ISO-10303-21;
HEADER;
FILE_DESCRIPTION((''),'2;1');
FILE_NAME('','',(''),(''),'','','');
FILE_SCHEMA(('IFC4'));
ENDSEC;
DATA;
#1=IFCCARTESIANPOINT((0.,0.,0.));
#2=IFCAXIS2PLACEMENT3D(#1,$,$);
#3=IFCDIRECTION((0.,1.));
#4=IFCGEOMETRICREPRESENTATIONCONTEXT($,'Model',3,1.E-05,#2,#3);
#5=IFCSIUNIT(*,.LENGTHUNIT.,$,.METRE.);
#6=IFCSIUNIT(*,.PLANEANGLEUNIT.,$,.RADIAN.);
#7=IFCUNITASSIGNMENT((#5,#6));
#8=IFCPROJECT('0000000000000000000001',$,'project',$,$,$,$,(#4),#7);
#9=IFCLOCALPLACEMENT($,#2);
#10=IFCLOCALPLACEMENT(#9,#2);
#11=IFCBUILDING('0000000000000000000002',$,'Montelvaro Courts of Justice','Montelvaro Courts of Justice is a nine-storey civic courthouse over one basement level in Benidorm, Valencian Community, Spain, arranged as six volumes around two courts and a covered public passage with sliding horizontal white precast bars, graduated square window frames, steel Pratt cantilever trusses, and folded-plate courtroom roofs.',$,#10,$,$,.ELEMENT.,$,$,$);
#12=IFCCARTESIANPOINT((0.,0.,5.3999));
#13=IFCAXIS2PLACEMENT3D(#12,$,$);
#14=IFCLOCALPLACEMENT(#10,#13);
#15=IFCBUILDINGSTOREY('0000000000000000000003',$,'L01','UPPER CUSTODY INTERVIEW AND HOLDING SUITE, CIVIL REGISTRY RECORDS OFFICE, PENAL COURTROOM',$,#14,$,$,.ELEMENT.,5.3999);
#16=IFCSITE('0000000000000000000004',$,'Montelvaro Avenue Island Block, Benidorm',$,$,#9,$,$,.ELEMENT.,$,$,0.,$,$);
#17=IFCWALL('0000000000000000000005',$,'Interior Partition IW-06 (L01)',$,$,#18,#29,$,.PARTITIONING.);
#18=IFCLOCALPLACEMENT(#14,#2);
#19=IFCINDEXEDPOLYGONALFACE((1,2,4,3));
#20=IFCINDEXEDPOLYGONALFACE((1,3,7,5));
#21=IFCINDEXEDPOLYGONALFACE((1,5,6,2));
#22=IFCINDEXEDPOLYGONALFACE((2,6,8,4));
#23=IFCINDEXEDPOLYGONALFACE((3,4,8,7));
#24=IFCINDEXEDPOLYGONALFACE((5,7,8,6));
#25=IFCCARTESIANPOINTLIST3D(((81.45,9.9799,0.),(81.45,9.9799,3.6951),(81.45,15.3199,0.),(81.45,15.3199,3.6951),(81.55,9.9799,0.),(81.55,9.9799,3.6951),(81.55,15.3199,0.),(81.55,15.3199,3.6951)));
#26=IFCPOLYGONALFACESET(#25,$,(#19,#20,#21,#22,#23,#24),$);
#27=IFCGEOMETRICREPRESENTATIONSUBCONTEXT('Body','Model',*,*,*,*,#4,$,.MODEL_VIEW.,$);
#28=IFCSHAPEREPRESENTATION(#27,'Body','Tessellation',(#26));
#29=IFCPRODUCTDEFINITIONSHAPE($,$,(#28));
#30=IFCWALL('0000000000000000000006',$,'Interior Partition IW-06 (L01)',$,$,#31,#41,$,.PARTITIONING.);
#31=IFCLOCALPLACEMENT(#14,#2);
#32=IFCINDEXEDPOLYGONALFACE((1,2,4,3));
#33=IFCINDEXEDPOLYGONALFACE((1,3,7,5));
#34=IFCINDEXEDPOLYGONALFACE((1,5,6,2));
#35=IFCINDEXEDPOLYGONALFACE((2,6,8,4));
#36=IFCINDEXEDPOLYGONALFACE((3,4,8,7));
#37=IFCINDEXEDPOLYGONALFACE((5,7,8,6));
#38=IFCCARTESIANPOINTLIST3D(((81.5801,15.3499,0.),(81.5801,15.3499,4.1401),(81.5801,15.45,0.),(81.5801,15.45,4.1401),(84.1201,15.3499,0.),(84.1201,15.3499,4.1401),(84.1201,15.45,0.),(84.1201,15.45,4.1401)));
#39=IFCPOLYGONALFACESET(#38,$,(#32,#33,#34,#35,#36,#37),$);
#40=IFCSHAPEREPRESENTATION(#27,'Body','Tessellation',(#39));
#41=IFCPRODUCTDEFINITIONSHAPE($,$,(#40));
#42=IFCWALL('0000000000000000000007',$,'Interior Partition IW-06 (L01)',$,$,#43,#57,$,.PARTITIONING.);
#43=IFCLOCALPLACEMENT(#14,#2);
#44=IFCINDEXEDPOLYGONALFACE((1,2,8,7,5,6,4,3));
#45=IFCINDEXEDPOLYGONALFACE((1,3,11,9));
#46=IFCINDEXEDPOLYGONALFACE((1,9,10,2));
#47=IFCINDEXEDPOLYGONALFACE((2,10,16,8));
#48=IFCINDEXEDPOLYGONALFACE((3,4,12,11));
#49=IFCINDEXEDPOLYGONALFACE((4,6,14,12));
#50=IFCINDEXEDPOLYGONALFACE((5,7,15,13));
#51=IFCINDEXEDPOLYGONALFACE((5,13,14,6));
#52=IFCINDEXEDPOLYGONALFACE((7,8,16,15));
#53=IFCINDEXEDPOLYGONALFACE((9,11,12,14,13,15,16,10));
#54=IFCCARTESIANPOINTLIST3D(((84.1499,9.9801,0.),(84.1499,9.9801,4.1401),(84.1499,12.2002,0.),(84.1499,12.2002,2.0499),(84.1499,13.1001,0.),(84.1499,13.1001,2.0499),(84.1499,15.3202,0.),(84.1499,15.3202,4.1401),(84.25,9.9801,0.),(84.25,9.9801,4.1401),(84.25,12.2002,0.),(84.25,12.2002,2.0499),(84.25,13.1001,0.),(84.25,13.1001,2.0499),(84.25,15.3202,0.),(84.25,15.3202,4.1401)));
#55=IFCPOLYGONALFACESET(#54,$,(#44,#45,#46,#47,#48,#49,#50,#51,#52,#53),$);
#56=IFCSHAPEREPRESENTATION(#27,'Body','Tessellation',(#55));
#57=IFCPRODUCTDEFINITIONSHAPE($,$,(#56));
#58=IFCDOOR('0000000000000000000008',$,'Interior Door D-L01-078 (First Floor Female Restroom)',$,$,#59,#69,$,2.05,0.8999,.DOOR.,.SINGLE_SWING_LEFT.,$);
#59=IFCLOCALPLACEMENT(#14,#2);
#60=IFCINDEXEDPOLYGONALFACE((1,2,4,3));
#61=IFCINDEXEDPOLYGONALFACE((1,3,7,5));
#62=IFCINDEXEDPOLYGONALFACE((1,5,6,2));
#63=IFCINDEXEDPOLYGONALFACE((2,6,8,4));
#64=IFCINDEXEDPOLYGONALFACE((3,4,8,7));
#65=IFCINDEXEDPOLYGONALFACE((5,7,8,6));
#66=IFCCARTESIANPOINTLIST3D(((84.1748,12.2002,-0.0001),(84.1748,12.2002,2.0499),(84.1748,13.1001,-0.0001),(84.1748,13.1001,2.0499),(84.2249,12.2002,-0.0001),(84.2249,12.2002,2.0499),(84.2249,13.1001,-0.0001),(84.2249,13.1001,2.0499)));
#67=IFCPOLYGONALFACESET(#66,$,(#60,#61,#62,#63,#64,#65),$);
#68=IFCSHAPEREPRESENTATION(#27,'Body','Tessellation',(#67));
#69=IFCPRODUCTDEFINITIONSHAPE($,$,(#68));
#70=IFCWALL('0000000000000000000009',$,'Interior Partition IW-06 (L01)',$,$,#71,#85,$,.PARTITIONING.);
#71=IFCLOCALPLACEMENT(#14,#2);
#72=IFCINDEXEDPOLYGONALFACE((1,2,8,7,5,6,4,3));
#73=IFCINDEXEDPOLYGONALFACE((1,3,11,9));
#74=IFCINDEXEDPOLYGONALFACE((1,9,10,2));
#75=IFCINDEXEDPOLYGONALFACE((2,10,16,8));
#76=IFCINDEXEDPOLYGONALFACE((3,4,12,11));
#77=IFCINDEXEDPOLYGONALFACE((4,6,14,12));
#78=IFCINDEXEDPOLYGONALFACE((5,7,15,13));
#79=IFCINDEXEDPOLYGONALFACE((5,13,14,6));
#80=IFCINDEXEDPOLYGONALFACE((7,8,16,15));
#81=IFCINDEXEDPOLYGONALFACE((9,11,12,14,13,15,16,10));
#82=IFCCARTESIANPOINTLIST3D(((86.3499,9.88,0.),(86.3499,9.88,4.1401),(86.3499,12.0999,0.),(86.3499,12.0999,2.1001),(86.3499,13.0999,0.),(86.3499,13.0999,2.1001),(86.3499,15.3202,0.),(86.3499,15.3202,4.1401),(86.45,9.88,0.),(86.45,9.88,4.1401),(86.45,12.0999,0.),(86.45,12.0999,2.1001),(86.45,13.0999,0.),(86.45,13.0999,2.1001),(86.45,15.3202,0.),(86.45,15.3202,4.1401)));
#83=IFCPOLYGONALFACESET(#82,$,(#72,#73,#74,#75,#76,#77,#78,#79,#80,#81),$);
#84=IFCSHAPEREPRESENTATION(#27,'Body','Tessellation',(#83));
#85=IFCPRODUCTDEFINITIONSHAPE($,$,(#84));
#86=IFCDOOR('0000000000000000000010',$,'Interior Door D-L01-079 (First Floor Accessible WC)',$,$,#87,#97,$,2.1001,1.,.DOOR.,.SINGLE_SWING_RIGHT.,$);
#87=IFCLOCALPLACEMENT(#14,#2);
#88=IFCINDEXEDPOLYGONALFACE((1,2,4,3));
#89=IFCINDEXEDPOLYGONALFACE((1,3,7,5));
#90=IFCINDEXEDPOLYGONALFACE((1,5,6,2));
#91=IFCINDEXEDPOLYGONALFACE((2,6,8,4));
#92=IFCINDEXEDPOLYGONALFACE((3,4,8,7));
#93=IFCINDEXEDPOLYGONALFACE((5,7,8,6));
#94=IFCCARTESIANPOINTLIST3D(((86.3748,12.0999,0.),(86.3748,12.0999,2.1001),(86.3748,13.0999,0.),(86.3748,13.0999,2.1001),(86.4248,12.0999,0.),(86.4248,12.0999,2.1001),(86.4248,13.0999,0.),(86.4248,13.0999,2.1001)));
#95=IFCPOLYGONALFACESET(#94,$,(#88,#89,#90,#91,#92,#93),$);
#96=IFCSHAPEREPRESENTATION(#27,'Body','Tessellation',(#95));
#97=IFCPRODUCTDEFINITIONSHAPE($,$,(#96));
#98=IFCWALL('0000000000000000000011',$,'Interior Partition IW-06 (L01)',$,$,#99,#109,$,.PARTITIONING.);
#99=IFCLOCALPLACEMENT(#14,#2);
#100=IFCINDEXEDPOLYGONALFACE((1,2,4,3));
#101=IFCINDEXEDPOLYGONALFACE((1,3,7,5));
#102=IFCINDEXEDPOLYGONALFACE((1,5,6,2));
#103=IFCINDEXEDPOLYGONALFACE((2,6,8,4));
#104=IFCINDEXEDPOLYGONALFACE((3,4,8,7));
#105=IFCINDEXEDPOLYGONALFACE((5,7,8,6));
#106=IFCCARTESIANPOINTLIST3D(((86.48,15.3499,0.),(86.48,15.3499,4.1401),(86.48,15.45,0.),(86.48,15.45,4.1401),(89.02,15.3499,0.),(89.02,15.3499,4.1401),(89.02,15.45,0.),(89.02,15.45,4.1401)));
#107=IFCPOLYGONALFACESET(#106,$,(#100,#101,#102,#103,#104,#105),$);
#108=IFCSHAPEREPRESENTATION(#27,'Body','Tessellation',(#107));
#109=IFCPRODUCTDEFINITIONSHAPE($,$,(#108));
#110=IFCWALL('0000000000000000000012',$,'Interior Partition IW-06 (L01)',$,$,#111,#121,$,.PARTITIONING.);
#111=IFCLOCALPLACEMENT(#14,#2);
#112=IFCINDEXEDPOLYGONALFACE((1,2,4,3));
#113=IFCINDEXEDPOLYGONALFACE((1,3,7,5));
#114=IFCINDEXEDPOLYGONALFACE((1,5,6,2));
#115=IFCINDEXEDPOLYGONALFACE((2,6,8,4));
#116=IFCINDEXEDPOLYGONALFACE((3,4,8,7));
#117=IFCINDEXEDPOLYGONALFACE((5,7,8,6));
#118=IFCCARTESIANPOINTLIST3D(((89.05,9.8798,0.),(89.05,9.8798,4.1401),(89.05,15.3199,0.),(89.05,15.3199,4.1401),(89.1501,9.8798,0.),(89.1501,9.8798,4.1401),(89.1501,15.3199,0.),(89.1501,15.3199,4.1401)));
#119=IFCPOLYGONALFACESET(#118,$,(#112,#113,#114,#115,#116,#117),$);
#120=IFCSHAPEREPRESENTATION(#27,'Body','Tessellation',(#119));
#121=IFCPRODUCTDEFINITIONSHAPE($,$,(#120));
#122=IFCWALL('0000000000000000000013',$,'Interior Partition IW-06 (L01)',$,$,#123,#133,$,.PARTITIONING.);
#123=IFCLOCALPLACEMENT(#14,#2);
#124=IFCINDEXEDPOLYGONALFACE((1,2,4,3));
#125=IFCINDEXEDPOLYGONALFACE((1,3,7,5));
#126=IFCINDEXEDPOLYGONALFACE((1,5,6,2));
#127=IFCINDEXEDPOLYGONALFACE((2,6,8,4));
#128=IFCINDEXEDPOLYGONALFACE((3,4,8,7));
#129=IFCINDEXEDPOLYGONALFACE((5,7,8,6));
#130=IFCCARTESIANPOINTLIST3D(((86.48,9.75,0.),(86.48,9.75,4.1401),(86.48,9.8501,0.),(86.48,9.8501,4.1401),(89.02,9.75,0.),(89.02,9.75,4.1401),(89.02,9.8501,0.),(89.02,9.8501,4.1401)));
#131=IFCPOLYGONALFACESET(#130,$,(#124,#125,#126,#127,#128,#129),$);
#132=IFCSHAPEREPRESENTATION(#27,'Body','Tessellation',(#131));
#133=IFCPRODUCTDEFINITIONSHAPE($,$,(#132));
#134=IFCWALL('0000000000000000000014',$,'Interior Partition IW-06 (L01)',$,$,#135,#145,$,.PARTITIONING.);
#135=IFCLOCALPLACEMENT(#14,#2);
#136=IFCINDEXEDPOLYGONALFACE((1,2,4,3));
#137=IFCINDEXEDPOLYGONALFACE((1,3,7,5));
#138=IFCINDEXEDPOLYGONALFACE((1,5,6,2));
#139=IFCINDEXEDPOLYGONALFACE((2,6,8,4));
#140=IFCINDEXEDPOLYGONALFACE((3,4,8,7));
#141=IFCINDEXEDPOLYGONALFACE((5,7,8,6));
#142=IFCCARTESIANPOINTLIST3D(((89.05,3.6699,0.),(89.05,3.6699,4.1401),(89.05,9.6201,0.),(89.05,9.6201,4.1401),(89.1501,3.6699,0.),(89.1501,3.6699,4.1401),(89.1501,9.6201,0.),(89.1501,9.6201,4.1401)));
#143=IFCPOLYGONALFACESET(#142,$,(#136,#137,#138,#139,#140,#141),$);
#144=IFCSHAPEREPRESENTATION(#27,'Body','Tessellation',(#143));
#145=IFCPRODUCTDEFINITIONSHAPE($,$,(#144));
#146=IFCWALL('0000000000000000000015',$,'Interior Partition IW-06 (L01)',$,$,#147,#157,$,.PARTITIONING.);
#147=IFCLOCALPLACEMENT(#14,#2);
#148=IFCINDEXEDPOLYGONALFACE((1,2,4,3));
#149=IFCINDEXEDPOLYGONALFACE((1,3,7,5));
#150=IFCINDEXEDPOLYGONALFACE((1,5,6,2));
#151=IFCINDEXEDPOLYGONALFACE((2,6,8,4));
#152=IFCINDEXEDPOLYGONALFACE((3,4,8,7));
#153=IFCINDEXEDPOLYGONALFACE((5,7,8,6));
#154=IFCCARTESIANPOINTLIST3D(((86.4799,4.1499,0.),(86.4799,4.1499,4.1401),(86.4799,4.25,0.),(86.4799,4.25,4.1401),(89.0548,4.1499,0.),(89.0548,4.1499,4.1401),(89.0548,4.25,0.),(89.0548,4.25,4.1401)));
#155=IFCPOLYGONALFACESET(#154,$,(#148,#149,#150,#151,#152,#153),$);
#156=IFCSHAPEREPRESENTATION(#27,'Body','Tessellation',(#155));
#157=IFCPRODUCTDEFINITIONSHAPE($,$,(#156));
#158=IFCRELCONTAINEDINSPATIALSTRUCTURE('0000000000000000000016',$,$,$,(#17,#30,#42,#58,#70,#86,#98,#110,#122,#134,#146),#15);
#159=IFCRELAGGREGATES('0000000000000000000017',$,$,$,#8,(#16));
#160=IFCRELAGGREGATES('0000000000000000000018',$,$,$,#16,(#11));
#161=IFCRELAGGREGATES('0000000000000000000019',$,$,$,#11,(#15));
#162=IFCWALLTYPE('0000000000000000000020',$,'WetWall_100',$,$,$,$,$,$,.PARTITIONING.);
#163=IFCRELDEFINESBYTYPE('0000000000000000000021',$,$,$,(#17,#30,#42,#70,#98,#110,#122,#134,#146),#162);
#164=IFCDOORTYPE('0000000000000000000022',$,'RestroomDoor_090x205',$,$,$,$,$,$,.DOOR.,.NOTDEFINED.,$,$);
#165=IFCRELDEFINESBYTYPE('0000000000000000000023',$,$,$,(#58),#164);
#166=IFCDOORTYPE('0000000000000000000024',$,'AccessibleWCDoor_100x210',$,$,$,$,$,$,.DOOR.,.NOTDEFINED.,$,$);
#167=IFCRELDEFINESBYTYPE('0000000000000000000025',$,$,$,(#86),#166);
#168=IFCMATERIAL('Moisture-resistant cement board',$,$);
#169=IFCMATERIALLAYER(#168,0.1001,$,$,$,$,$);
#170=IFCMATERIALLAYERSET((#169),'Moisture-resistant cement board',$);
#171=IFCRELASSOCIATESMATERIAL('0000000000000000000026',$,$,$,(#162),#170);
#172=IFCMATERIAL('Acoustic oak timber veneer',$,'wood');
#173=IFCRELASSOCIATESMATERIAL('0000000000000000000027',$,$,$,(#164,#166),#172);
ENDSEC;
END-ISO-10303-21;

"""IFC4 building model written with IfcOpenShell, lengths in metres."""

from ifc_helpers import new_model, si_unit, direction, frame, frame_2d, origin, place, context, subcontext, project, spatial, rectangle, extrude, material, layer, layer_set, type_object, element, fill, save


model = new_model("IFC4")

# Units and contexts
model_context = context("Model", 3, precision=1e-05, world=origin(), true_north=direction((0.0, 1.0)))
body_context = subcontext(model_context, "Body", "Model", "MODEL_VIEW")
ifc_project = project(units=[si_unit("LENGTHUNIT", "METRE"), si_unit("PLANEANGLEUNIT", "RADIAN")], contexts=[model_context])

# Site, building, storey
site_placement = place(None, origin())
site = spatial("IfcSite", under=ifc_project, at=site_placement, Name="Montelvaro Avenue Island Block, Benidorm", CompositionType="ELEMENT", RefElevation=0.0)
building_placement = place(site_placement, origin())
building = spatial("IfcBuilding", under=site, at=building_placement, Name="Montelvaro Courts of Justice", Description="Montelvaro Courts of Justice is a nine-storey civic courthouse over one basement level in Benidorm, Valencian Community, Spain, arranged as six volumes around two courts and a covered public passage with sliding horizontal white precast bars, graduated square window frames, steel Pratt cantilever trusses, and folded-plate courtroom roofs.", CompositionType="ELEMENT")
storey_placement = place(building_placement, frame((0.0, 0.0, 5.3999)))
storey = spatial("IfcBuildingStorey", under=building, at=storey_placement, Name="L01", Description="UPPER CUSTODY INTERVIEW AND HOLDING SUITE, CIVIL REGISTRY RECORDS OFFICE, PENAL COURTROOM", CompositionType="ELEMENT", Elevation=5.3999)

# Shared definitions
ifc_material_1 = material(Name="Acoustic oak timber veneer", Category="wood")
ifc_material_2 = material(Name="Moisture-resistant cement board")
ifc_layer_1 = layer(ifc_material_2, 0.1001)
ifc_layer_set_1 = layer_set([ifc_layer_1], Name="Moisture-resistant cement board")
wall_type_1 = type_object("IfcWallType", Name="WetWall_100", PredefinedType="PARTITIONING", material=ifc_layer_set_1)
door_type_1 = type_object("IfcDoorType", Name="RestroomDoor_090x205", OperationType="NOTDEFINED", PredefinedType="DOOR", material=ifc_material_1)

# Walls
wall_1_placement = place(storey_placement, frame((81.5, 9.98, 0.0), z_axis=(0.0, 0.0, 1.0), x_axis=(0.0, 1.0, 0.0)))
element("IfcWall", 1, at=wall_1_placement, inside=storey, type_object=wall_type_1, Name="Interior Partition IW-06 (L01)", PredefinedType="PARTITIONING", context=body_context, shape_type="SweptSolid", body=[
    extrude(rectangle(XDim=5.3401, YDim=0.1001, at=frame_2d((2.6699, 0.0))), origin(), (0.0, 0.0, 1.0), 3.6951),
])
wall_2_placement = place(storey_placement, frame((81.5801, 15.3999, 0.0), z_axis=(0.0, 0.0, 1.0), x_axis=(1.0, 0.0, 0.0)))
element("IfcWall", 2, at=wall_2_placement, inside=storey, type_object=wall_type_1, Name="Interior Partition IW-06 (L01)", PredefinedType="PARTITIONING", context=body_context, shape_type="SweptSolid", body=[
    extrude(rectangle(XDim=2.54, YDim=0.1001, at=frame_2d((1.27, 0.0))), origin(), (0.0, 0.0, 1.0), 4.1401),
])

# Walls, openings, doors
wall_3_placement = place(storey_placement, frame((84.2, 15.3201, 0.0), z_axis=(0.0, 0.0, 1.0), x_axis=(0.0, -1.0, 0.0)))
wall_3 = element("IfcWall", 3, at=wall_3_placement, inside=storey, type_object=wall_type_1, Name="Interior Partition IW-06 (L01)", PredefinedType="PARTITIONING", context=body_context, shape_type="SweptSolid", body=[
    extrude(rectangle(XDim=5.3401, YDim=0.1001, at=frame_2d((2.6699, 0.0))), origin(), (0.0, 0.0, 1.0), 4.1401),
])
opening_1_placement = place(wall_3_placement, frame((2.22, 0.0, 0.0)))
opening_1 = element("IfcOpeningElement", 4, at=opening_1_placement, cuts=wall_3, PredefinedType="OPENING", context=body_context, shape_type="SweptSolid", body=[
    extrude(rectangle(XDim=0.8999, YDim=2.05, at=frame_2d((0.45, 1.0249))), frame((0.0, 0.0649, 0.0), z_axis=(0.0, -1.0, 0.0), x_axis=(1.0, 0.0, 0.0)), (0.0, 0.0, 1.0), 0.1299),
])
door_1_placement = place(opening_1_placement, origin())
door_1 = element("IfcDoor", 5, at=door_1_placement, inside=storey, type_object=door_type_1, Name="Interior Door D-L01-078 (First Floor Female Restroom)", OperationType="SINGLE_SWING_LEFT", OverallHeight=2.05, OverallWidth=0.8999, PredefinedType="DOOR", context=body_context, shape_type="SweptSolid", body=[
    extrude(rectangle(XDim=0.8999, YDim=2.05, at=frame_2d((0.45, 1.0249))), frame((0.0, 0.0249, 0.0), z_axis=(0.0, -1.0, 0.0), x_axis=(1.0, 0.0, 0.0)), (0.0, 0.0, 1.0), 0.05),
])
fill(opening_1, door_1)
wall_4_placement = place(storey_placement, frame((86.3999, 9.8799, 0.0), z_axis=(0.0, 0.0, 1.0), x_axis=(0.0, 1.0, 0.0)))
wall_4 = element("IfcWall", 6, at=wall_4_placement, inside=storey, type_object=wall_type_1, Name="Interior Partition IW-06 (L01)", PredefinedType="PARTITIONING", context=body_context, shape_type="SweptSolid", body=[
    extrude(rectangle(XDim=5.4402, YDim=0.1001, at=frame_2d((2.7202, 0.0))), origin(), (0.0, 0.0, 1.0), 4.1401),
])
opening_2_placement = place(wall_4_placement, frame((2.22, 0.0, 0.0)))
opening_2 = element("IfcOpeningElement", 7, at=opening_2_placement, cuts=wall_4, PredefinedType="OPENING", context=body_context, shape_type="SweptSolid", body=[
    extrude(rectangle(XDim=1.0, YDim=2.1001, at=frame_2d((0.5, 1.05))), frame((0.0, 0.0649, 0.0), z_axis=(0.0, -1.0, 0.0), x_axis=(1.0, 0.0, 0.0)), (0.0, 0.0, 1.0), 0.1299),
])
door_type_2 = type_object("IfcDoorType", Name="AccessibleWCDoor_100x210", OperationType="NOTDEFINED", PredefinedType="DOOR", material=ifc_material_1)
door_2_placement = place(opening_2_placement, frame((1.0, 0.0, 0.0), z_axis=(0.0, 0.0, 1.0), x_axis=(-1.0, 0.0, 0.0)))
door_2 = element("IfcDoor", 8, at=door_2_placement, inside=storey, type_object=door_type_2, Name="Interior Door D-L01-079 (First Floor Accessible WC)", OperationType="SINGLE_SWING_RIGHT", OverallHeight=2.1001, OverallWidth=1.0, PredefinedType="DOOR", context=body_context, shape_type="SweptSolid", body=[
    extrude(rectangle(XDim=1.0, YDim=2.1001, at=frame_2d((0.5, 1.05))), frame((0.0, 0.0249, 0.0), z_axis=(0.0, -1.0, 0.0), x_axis=(1.0, 0.0, 0.0)), (0.0, 0.0, 1.0), 0.05),
])
fill(opening_2, door_2)

# Walls
wall_5_placement = place(storey_placement, frame((86.48, 15.3999, 0.0), z_axis=(0.0, 0.0, 1.0), x_axis=(1.0, 0.0, 0.0)))
element("IfcWall", 9, at=wall_5_placement, inside=storey, type_object=wall_type_1, Name="Interior Partition IW-06 (L01)", PredefinedType="PARTITIONING", context=body_context, shape_type="SweptSolid", body=[
    extrude(rectangle(XDim=2.54, YDim=0.1001, at=frame_2d((1.27, 0.0))), origin(), (0.0, 0.0, 1.0), 4.1401),
])
wall_6_placement = place(storey_placement, frame((89.1001, 15.3201, 0.0), z_axis=(0.0, 0.0, 1.0), x_axis=(0.0, -1.0, 0.0)))
element("IfcWall", 10, at=wall_6_placement, inside=storey, type_object=wall_type_1, Name="Interior Partition IW-06 (L01)", PredefinedType="PARTITIONING", context=body_context, shape_type="SweptSolid", body=[
    extrude(rectangle(XDim=5.4402, YDim=0.1001, at=frame_2d((2.7202, 0.0))), origin(), (0.0, 0.0, 1.0), 4.1401),
])
wall_7_placement = place(storey_placement, frame((89.02, 9.8, 0.0), z_axis=(0.0, 0.0, 1.0), x_axis=(-1.0, 0.0, 0.0)))
element("IfcWall", 11, at=wall_7_placement, inside=storey, type_object=wall_type_1, Name="Interior Partition IW-06 (L01)", PredefinedType="PARTITIONING", context=body_context, shape_type="SweptSolid", body=[
    extrude(rectangle(XDim=2.54, YDim=0.1001, at=frame_2d((1.27, 0.0))), origin(), (0.0, 0.0, 1.0), 4.1401),
])
wall_8_placement = place(storey_placement, frame((89.1001, 9.6201, 0.0), z_axis=(0.0, 0.0, 1.0), x_axis=(0.0, -1.0, 0.0)))
element("IfcWall", 12, at=wall_8_placement, inside=storey, type_object=wall_type_1, Name="Interior Partition IW-06 (L01)", PredefinedType="PARTITIONING", context=body_context, shape_type="SweptSolid", body=[
    extrude(rectangle(XDim=5.9502, YDim=0.1001, at=frame_2d((2.9751, 0.0))), origin(), (0.0, 0.0, 1.0), 4.1401),
])
wall_9_placement = place(storey_placement, frame((89.0549, 4.2, 0.0), z_axis=(0.0, 0.0, 1.0), x_axis=(-1.0, 0.0, 0.0)))
element("IfcWall", 13, at=wall_9_placement, inside=storey, type_object=wall_type_1, Name="Interior Partition IW-06 (L01)", PredefinedType="PARTITIONING", context=body_context, shape_type="SweptSolid", body=[
    extrude(rectangle(XDim=2.575, YDim=0.1001, at=frame_2d((1.2876, 0.0))), origin(), (0.0, 0.0, 1.0), 4.1401),
])

save(model, "model.ifc")
